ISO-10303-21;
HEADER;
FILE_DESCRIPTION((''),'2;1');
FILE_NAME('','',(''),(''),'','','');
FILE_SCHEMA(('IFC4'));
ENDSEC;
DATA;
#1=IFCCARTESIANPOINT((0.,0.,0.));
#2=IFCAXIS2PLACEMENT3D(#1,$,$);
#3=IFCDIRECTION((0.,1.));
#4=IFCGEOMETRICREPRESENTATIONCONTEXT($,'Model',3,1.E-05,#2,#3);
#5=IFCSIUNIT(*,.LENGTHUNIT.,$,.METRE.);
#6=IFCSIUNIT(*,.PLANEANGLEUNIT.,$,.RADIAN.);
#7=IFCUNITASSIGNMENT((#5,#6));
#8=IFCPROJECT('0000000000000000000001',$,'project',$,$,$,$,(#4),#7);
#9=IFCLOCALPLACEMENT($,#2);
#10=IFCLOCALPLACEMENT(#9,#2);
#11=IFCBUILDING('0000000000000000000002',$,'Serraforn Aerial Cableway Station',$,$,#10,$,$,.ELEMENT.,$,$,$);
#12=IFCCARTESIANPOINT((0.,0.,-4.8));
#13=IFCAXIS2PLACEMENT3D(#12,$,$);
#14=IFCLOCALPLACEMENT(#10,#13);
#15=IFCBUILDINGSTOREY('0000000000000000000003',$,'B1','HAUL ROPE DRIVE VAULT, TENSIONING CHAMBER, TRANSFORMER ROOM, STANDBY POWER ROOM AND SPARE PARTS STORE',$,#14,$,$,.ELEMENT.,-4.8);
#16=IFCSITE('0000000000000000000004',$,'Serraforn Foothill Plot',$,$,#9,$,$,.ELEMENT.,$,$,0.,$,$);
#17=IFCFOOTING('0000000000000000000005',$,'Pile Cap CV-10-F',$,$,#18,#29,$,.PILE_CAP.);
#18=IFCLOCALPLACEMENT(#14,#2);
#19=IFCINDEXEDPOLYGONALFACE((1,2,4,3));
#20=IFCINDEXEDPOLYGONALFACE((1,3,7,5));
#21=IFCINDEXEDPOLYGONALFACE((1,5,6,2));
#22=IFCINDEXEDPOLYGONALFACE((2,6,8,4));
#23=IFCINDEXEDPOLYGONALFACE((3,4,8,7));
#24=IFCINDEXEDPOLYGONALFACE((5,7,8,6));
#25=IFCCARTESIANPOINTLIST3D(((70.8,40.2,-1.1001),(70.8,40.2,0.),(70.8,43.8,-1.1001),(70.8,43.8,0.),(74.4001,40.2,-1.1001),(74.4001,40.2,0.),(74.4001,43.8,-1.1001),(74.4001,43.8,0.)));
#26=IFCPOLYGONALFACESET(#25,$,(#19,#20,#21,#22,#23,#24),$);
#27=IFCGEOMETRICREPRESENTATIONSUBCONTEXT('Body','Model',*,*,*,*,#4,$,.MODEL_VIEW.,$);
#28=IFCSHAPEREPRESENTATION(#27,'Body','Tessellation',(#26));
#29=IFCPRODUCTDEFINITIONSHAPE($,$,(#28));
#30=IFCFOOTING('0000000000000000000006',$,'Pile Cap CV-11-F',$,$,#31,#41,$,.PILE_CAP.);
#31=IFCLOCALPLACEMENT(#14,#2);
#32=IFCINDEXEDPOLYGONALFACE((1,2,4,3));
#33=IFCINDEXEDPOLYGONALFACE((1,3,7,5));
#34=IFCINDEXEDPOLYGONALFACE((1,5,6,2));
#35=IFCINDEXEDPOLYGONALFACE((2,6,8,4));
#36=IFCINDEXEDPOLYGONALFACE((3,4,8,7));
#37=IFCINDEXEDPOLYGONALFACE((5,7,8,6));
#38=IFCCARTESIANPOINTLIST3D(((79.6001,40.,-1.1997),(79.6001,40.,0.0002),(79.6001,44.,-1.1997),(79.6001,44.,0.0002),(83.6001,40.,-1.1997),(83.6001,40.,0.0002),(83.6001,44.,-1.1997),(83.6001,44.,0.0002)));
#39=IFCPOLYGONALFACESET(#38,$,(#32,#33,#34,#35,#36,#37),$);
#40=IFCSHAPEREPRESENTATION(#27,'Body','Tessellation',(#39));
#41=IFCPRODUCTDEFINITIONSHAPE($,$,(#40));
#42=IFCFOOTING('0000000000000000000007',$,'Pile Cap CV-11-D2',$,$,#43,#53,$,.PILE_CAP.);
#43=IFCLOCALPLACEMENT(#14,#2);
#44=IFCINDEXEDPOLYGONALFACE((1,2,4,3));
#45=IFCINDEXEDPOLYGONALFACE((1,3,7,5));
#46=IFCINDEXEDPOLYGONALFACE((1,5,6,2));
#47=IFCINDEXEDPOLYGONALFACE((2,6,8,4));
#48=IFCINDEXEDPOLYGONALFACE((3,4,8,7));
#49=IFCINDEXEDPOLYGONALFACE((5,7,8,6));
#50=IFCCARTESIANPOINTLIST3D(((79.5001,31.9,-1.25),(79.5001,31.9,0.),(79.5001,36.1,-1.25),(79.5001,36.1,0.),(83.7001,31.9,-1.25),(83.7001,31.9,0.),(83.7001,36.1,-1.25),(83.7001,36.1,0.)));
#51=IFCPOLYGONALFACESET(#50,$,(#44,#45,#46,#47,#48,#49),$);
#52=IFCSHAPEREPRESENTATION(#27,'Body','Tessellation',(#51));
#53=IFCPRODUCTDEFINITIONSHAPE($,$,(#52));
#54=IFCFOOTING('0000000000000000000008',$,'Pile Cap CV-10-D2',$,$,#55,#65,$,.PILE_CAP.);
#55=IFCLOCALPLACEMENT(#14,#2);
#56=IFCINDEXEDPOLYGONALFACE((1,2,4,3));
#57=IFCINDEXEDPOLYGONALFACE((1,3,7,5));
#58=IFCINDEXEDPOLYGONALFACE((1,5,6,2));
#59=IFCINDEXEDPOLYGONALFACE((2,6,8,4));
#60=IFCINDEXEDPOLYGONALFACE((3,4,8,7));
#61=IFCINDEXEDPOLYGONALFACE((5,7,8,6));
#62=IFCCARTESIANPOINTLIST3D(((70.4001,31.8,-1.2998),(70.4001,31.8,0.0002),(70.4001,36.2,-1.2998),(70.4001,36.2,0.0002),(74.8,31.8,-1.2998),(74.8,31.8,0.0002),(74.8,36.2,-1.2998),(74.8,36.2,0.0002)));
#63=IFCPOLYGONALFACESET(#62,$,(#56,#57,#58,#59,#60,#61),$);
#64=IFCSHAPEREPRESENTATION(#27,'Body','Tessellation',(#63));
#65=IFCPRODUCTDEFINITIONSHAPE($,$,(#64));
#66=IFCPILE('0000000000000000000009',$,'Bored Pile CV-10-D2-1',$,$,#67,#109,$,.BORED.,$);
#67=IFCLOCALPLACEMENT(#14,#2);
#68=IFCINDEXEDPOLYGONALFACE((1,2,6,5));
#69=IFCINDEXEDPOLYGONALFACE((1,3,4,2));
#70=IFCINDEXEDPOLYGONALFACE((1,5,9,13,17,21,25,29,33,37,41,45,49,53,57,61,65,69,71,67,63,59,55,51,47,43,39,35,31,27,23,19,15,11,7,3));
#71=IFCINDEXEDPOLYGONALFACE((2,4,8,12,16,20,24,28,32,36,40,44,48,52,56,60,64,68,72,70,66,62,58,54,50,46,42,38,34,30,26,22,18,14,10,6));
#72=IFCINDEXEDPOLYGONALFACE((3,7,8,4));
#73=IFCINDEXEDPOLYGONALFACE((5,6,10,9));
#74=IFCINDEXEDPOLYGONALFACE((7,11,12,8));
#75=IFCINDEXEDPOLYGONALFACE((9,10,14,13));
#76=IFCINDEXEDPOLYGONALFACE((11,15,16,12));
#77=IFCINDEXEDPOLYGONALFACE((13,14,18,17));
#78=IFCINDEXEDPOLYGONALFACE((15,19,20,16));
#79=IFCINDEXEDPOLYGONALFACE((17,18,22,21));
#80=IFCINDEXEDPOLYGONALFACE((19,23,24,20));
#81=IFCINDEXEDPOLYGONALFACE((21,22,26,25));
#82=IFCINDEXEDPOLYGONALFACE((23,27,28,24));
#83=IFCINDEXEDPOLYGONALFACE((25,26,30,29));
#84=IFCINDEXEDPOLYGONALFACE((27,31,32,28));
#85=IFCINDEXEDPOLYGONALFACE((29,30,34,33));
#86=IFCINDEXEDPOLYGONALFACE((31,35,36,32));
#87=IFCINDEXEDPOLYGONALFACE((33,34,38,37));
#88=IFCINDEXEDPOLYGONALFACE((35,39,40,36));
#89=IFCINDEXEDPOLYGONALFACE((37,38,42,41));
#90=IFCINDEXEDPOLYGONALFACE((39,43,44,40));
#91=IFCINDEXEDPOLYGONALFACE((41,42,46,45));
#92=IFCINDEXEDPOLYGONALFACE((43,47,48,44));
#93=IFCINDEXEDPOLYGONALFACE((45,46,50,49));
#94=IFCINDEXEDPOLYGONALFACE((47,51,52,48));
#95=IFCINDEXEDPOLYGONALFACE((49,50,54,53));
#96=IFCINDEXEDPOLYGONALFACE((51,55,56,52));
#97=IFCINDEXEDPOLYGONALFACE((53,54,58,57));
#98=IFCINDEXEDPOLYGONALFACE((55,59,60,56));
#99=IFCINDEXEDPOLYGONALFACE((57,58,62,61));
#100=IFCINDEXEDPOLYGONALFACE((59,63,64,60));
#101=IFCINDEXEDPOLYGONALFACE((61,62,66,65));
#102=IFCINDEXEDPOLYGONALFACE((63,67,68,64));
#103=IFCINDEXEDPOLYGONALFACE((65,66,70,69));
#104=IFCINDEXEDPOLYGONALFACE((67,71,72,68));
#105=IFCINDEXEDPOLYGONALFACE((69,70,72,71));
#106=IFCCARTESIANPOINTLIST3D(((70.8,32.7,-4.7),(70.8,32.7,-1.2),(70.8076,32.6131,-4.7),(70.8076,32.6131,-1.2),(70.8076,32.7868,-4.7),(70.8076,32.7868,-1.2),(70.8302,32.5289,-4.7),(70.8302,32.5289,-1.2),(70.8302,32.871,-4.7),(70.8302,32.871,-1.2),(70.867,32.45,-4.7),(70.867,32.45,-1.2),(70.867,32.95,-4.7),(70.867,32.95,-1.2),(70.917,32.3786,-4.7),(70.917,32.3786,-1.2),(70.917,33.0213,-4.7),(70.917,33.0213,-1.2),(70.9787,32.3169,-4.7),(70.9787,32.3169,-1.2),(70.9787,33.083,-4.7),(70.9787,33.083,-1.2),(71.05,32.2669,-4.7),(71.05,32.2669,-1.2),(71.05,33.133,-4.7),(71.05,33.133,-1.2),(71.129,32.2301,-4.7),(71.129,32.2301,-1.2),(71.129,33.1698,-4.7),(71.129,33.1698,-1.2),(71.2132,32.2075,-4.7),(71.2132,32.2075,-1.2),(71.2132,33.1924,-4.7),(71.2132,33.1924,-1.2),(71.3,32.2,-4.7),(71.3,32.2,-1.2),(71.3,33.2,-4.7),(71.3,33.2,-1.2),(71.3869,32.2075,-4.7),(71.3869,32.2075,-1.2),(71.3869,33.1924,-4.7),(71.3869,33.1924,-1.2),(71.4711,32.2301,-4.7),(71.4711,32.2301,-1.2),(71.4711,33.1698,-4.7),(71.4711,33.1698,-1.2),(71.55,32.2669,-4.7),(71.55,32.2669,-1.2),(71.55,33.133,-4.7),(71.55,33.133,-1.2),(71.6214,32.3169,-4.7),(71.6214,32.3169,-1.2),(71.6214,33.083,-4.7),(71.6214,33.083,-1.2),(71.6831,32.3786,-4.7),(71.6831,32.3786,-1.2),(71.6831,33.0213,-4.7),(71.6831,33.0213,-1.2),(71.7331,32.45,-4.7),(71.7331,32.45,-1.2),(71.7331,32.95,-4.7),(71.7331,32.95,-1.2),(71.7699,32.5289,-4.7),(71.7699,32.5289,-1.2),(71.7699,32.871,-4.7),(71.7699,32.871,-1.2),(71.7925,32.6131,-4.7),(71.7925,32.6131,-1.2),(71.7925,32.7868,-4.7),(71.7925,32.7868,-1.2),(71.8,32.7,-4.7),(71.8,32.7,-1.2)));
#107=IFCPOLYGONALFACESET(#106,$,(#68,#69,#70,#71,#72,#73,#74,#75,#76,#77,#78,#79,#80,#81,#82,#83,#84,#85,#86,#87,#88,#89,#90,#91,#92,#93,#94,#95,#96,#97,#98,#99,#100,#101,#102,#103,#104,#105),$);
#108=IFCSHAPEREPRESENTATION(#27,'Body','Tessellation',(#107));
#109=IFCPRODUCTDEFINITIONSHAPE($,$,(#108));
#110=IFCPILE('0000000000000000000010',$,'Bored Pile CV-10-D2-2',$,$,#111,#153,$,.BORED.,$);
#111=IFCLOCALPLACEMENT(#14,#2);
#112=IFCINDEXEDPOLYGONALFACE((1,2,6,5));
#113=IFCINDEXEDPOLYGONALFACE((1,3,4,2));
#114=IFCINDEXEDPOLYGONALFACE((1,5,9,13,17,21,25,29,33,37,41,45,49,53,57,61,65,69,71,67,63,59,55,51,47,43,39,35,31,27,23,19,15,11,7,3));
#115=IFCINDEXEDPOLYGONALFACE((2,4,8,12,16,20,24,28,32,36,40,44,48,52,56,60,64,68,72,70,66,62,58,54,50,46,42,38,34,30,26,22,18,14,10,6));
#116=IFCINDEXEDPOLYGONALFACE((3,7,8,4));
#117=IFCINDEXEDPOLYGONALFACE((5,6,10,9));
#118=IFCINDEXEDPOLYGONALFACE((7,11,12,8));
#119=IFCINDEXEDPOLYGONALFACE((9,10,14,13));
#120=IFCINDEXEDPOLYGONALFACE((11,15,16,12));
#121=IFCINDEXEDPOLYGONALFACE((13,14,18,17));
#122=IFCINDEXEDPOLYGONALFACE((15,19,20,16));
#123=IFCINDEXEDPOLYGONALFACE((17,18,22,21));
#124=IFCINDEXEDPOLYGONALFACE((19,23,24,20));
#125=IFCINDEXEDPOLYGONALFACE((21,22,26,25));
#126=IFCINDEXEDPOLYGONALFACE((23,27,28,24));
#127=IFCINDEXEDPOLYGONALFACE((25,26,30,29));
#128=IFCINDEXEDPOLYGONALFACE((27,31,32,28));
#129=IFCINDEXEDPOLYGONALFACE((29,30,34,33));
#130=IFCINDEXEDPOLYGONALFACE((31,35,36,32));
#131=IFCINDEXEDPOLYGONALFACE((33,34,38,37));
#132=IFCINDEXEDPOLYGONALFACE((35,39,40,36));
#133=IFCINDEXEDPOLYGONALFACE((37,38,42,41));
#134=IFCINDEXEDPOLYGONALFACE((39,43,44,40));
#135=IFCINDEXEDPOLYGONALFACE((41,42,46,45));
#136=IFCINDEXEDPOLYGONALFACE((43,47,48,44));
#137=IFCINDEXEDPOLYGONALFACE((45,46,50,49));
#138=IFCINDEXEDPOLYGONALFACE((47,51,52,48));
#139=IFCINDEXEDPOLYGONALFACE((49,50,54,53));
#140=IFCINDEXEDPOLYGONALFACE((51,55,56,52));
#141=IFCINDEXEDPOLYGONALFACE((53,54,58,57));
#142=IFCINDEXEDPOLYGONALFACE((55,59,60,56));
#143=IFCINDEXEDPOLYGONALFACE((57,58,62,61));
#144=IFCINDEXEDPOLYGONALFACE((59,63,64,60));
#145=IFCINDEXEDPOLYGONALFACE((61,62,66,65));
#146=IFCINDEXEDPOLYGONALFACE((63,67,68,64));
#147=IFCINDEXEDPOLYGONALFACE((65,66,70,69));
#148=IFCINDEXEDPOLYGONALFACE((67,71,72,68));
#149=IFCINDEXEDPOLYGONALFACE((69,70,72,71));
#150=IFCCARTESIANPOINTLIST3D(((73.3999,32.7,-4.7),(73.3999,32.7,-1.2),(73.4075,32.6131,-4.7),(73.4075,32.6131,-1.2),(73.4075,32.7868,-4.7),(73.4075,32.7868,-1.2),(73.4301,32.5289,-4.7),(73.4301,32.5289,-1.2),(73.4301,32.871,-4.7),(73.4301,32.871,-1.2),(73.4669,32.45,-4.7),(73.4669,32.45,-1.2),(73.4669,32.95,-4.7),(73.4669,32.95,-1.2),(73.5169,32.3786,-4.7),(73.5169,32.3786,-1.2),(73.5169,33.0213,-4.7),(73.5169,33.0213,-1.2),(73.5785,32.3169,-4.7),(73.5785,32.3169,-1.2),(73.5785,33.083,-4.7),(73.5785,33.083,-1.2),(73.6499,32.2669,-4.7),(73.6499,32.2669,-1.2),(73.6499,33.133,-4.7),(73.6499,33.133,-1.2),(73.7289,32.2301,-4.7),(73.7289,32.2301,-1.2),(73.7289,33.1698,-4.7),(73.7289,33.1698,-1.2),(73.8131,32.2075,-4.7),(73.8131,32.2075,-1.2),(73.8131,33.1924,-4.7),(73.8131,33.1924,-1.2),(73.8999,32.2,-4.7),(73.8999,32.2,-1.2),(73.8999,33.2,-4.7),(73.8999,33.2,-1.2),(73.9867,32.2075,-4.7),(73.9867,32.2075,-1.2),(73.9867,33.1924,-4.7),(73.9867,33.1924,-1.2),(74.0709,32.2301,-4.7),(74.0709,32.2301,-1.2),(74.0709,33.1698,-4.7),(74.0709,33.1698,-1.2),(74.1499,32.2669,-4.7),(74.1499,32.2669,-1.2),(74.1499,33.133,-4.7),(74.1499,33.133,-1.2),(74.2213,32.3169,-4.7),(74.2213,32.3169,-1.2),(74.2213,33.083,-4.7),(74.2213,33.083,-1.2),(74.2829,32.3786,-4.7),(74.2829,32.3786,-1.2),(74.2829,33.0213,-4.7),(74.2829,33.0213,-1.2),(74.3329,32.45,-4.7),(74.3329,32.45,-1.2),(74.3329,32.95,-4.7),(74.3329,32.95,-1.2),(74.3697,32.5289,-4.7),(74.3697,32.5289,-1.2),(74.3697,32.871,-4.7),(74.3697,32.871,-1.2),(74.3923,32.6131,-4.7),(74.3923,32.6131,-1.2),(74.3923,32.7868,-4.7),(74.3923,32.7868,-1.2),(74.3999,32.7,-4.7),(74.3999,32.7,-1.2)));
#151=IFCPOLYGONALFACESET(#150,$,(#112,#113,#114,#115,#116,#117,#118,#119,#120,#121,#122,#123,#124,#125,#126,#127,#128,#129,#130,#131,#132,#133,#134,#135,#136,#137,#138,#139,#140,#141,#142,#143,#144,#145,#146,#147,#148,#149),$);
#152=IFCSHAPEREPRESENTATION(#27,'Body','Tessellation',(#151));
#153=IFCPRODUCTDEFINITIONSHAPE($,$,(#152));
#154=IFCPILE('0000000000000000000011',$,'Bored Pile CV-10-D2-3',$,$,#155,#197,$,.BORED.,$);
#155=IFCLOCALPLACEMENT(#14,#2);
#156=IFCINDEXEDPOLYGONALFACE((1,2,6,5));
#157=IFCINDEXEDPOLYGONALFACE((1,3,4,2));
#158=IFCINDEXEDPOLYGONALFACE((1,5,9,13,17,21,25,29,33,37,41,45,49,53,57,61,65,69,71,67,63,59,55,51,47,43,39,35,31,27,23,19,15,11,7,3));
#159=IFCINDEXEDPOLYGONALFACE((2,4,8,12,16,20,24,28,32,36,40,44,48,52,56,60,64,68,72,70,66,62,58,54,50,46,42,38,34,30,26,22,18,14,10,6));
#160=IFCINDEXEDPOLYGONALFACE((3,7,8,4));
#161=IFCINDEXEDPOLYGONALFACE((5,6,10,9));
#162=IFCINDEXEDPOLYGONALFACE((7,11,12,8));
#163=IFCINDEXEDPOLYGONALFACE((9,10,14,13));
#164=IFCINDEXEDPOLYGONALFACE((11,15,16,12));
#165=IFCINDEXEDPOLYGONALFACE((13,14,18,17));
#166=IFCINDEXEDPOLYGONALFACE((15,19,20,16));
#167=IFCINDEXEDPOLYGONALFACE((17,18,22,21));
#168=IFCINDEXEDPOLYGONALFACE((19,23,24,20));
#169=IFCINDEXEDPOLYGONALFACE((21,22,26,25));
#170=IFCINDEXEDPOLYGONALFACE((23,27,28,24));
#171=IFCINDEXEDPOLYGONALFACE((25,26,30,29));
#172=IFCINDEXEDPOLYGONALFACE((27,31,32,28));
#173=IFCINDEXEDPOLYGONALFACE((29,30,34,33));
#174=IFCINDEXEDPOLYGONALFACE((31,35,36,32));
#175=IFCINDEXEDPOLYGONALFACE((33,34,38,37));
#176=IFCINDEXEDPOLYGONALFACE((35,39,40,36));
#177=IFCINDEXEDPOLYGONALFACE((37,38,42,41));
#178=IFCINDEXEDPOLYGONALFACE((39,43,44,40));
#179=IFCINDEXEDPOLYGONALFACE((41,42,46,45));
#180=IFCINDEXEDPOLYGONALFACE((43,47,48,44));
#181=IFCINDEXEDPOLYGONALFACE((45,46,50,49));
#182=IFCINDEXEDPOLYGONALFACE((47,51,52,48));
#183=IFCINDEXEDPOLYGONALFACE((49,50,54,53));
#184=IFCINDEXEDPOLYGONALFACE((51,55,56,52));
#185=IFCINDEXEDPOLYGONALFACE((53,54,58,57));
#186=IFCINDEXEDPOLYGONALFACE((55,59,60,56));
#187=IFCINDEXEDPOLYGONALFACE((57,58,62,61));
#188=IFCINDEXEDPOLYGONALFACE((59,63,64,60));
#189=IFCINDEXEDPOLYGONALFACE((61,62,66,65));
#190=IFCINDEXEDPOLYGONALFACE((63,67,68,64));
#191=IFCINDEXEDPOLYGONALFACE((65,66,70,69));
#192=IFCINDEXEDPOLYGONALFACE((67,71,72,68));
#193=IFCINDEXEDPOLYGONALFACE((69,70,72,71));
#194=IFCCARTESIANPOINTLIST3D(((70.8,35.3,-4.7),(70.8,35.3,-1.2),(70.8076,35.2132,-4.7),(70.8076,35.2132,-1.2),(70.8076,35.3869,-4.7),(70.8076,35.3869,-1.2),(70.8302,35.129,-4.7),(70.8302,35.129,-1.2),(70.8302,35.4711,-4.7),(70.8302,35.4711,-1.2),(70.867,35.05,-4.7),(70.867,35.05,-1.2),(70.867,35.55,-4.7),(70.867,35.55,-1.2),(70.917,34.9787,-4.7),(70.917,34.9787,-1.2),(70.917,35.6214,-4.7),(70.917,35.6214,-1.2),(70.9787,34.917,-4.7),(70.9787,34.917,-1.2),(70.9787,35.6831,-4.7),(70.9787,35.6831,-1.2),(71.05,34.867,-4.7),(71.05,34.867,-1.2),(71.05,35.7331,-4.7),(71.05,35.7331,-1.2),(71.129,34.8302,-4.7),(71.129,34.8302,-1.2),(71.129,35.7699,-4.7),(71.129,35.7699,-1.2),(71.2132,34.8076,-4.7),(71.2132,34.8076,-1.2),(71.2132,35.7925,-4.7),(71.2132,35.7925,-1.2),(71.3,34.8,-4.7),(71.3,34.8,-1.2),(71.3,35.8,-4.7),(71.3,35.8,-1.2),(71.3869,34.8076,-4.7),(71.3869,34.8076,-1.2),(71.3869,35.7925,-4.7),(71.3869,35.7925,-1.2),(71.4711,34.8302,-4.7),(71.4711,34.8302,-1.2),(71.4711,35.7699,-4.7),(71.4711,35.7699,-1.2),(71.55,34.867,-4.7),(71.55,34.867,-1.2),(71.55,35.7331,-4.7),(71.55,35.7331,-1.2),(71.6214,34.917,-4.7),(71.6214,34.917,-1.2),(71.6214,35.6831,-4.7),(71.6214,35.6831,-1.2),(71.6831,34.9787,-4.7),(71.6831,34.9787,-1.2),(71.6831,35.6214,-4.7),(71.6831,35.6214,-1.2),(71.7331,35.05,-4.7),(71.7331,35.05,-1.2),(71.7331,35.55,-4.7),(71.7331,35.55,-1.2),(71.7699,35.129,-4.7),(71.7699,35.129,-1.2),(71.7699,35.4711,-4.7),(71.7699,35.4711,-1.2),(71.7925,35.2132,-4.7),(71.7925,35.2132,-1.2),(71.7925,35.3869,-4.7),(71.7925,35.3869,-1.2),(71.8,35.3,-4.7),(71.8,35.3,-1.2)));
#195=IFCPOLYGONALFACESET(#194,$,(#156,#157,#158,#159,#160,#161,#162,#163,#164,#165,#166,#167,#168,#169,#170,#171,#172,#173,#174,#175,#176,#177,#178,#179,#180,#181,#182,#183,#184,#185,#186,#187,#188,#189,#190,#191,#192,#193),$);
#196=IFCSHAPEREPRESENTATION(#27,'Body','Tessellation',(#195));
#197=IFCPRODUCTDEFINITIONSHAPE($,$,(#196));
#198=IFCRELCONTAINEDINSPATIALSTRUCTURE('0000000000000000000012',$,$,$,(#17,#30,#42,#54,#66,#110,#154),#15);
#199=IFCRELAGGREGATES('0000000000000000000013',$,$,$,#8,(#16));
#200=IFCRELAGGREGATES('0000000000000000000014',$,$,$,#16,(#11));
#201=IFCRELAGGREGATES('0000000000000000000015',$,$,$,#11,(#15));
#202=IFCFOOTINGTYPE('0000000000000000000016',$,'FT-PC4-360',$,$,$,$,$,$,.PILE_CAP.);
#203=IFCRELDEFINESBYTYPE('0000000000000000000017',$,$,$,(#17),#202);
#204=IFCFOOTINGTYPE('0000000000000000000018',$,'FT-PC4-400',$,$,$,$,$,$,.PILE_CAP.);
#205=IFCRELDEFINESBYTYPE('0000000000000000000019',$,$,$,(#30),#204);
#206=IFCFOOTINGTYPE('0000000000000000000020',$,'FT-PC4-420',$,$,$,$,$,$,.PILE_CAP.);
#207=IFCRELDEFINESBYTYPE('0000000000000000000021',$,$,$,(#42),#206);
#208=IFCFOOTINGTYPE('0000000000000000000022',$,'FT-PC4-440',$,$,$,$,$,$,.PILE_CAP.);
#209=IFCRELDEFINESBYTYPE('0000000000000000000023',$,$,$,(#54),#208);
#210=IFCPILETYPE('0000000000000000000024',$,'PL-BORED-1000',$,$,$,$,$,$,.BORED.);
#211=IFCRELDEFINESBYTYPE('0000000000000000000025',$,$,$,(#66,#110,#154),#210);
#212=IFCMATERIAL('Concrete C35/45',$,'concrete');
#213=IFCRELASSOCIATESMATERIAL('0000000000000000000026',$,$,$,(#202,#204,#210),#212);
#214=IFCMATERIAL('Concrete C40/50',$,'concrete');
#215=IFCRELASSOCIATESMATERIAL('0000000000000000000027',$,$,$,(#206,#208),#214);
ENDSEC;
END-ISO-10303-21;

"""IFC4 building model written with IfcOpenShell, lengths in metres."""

from ifc_helpers import new_model, si_unit, direction, frame, origin, origin_2d, place, context, subcontext, project, spatial, rectangle, circle, extrude, material, material_profile, profile_set, type_object, element, save


model = new_model("IFC4")

# Units and contexts
model_context = context("Model", 3, precision=1e-05, world=origin(), true_north=direction((0.0, 1.0)))
body_context = subcontext(model_context, "Body", "Model", "MODEL_VIEW")
ifc_project = project(units=[si_unit("LENGTHUNIT", "METRE"), si_unit("PLANEANGLEUNIT", "RADIAN")], contexts=[model_context])

# Site, building, storey
site_placement = place(None, origin())
site = spatial("IfcSite", under=ifc_project, at=site_placement, Name="Serraforn Foothill Plot", CompositionType="ELEMENT", RefElevation=0.0)
building_placement = place(site_placement, origin())
building = spatial("IfcBuilding", under=site, at=building_placement, Name="Serraforn Aerial Cableway Station", CompositionType="ELEMENT")
storey_placement = place(building_placement, frame((0.0, 0.0, -4.8)))
storey = spatial("IfcBuildingStorey", under=building, at=storey_placement, Name="B1", Description="HAUL ROPE DRIVE VAULT, TENSIONING CHAMBER, TRANSFORMER ROOM, STANDBY POWER ROOM AND SPARE PARTS STORE", CompositionType="ELEMENT", Elevation=-4.8)

# Footings
ifc_material_1 = material(Name="Concrete C35/45", Category="concrete")
footing_type_1 = type_object("IfcFootingType", Name="FT-PC4-360", PredefinedType="PILE_CAP", material=ifc_material_1)
footing_1_placement = place(storey_placement, frame((72.6001, 42.0, -1.1001), z_axis=(0.0, 0.0, 1.0), x_axis=(1.0, 0.0, 0.0)))
element("IfcFooting", 1, at=footing_1_placement, inside=storey, type_object=footing_type_1, Name="Pile Cap CV-10-F", PredefinedType="PILE_CAP", context=body_context, shape_type="SweptSolid", body=[
    extrude(rectangle(XDim=3.6001, YDim=3.6001, at=origin_2d()), origin(), (0.0, 0.0, 1.0), 1.1001),
])
footing_type_2 = type_object("IfcFootingType", Name="FT-PC4-400", PredefinedType="PILE_CAP", material=ifc_material_1)
footing_2_placement = place(storey_placement, frame((81.6001, 42.0, -1.1997), z_axis=(0.0, 0.0, 1.0), x_axis=(1.0, 0.0, 0.0)))
element("IfcFooting", 2, at=footing_2_placement, inside=storey, type_object=footing_type_2, Name="Pile Cap CV-11-F", PredefinedType="PILE_CAP", context=body_context, shape_type="SweptSolid", body=[
    extrude(rectangle(XDim=4.0, YDim=4.0, at=origin_2d()), origin(), (0.0, 0.0, 1.0), 1.2),
])
ifc_material_2 = material(Name="Concrete C40/50", Category="concrete")
footing_type_3 = type_object("IfcFootingType", Name="FT-PC4-420", PredefinedType="PILE_CAP", material=ifc_material_2)
footing_3_placement = place(storey_placement, frame((81.6001, 34.0, -1.25), z_axis=(0.0, 0.0, 1.0), x_axis=(1.0, 0.0, 0.0)))
element("IfcFooting", 3, at=footing_3_placement, inside=storey, type_object=footing_type_3, Name="Pile Cap CV-11-D2", PredefinedType="PILE_CAP", context=body_context, shape_type="SweptSolid", body=[
    extrude(rectangle(XDim=4.2, YDim=4.2, at=origin_2d()), origin(), (0.0, 0.0, 1.0), 1.25),
])
footing_type_4 = type_object("IfcFootingType", Name="FT-PC4-440", PredefinedType="PILE_CAP", material=ifc_material_2)
footing_4_placement = place(storey_placement, frame((72.6001, 34.0, -1.2998), z_axis=(0.0, 0.0, 1.0), x_axis=(1.0, 0.0, 0.0)))
element("IfcFooting", 4, at=footing_4_placement, inside=storey, type_object=footing_type_4, Name="Pile Cap CV-10-D2", PredefinedType="PILE_CAP", context=body_context, shape_type="SweptSolid", body=[
    extrude(rectangle(XDim=4.3999, YDim=4.3999, at=origin_2d()), origin(), (0.0, 0.0, 1.0), 1.3),
])

# Piles
ifc_material_profile_1 = material_profile(ifc_material_1, circle(Radius=0.5, at=origin_2d()), Name="BORED PILE D1000")
ifc_profile_set_1 = profile_set([ifc_material_profile_1], Name="Concrete C35/45")
pile_type_1 = type_object("IfcPileType", Name="PL-BORED-1000", PredefinedType="BORED", material=ifc_profile_set_1)
for number, where, z_axis, x_axis, name in (
    (5, (71.3, 32.7, -1.2), (0.0, 0.0, -1.0), (1.0, 0.0, 0.0), "Bored Pile CV-10-D2-1"),
    (6, (73.8999, 32.7, -1.2), (0.0, 0.0, -1.0), (1.0, 0.0, 0.0), "Bored Pile CV-10-D2-2"),
    (7, (71.3, 35.3, -1.2), (0.0, 0.0, -1.0), (1.0, 0.0, 0.0), "Bored Pile CV-10-D2-3"),
):
    element("IfcPile", number, at=place(storey_placement, frame(where, z_axis=z_axis, x_axis=x_axis)), inside=storey, type_object=pile_type_1, Name=name, PredefinedType="BORED", context=body_context, shape_type="SweptSolid", body=[
        extrude(circle(Radius=0.5, at=origin_2d()), origin(), (0.0, 0.0, 1.0), 3.5),
    ])

save(model, "model.ifc")
